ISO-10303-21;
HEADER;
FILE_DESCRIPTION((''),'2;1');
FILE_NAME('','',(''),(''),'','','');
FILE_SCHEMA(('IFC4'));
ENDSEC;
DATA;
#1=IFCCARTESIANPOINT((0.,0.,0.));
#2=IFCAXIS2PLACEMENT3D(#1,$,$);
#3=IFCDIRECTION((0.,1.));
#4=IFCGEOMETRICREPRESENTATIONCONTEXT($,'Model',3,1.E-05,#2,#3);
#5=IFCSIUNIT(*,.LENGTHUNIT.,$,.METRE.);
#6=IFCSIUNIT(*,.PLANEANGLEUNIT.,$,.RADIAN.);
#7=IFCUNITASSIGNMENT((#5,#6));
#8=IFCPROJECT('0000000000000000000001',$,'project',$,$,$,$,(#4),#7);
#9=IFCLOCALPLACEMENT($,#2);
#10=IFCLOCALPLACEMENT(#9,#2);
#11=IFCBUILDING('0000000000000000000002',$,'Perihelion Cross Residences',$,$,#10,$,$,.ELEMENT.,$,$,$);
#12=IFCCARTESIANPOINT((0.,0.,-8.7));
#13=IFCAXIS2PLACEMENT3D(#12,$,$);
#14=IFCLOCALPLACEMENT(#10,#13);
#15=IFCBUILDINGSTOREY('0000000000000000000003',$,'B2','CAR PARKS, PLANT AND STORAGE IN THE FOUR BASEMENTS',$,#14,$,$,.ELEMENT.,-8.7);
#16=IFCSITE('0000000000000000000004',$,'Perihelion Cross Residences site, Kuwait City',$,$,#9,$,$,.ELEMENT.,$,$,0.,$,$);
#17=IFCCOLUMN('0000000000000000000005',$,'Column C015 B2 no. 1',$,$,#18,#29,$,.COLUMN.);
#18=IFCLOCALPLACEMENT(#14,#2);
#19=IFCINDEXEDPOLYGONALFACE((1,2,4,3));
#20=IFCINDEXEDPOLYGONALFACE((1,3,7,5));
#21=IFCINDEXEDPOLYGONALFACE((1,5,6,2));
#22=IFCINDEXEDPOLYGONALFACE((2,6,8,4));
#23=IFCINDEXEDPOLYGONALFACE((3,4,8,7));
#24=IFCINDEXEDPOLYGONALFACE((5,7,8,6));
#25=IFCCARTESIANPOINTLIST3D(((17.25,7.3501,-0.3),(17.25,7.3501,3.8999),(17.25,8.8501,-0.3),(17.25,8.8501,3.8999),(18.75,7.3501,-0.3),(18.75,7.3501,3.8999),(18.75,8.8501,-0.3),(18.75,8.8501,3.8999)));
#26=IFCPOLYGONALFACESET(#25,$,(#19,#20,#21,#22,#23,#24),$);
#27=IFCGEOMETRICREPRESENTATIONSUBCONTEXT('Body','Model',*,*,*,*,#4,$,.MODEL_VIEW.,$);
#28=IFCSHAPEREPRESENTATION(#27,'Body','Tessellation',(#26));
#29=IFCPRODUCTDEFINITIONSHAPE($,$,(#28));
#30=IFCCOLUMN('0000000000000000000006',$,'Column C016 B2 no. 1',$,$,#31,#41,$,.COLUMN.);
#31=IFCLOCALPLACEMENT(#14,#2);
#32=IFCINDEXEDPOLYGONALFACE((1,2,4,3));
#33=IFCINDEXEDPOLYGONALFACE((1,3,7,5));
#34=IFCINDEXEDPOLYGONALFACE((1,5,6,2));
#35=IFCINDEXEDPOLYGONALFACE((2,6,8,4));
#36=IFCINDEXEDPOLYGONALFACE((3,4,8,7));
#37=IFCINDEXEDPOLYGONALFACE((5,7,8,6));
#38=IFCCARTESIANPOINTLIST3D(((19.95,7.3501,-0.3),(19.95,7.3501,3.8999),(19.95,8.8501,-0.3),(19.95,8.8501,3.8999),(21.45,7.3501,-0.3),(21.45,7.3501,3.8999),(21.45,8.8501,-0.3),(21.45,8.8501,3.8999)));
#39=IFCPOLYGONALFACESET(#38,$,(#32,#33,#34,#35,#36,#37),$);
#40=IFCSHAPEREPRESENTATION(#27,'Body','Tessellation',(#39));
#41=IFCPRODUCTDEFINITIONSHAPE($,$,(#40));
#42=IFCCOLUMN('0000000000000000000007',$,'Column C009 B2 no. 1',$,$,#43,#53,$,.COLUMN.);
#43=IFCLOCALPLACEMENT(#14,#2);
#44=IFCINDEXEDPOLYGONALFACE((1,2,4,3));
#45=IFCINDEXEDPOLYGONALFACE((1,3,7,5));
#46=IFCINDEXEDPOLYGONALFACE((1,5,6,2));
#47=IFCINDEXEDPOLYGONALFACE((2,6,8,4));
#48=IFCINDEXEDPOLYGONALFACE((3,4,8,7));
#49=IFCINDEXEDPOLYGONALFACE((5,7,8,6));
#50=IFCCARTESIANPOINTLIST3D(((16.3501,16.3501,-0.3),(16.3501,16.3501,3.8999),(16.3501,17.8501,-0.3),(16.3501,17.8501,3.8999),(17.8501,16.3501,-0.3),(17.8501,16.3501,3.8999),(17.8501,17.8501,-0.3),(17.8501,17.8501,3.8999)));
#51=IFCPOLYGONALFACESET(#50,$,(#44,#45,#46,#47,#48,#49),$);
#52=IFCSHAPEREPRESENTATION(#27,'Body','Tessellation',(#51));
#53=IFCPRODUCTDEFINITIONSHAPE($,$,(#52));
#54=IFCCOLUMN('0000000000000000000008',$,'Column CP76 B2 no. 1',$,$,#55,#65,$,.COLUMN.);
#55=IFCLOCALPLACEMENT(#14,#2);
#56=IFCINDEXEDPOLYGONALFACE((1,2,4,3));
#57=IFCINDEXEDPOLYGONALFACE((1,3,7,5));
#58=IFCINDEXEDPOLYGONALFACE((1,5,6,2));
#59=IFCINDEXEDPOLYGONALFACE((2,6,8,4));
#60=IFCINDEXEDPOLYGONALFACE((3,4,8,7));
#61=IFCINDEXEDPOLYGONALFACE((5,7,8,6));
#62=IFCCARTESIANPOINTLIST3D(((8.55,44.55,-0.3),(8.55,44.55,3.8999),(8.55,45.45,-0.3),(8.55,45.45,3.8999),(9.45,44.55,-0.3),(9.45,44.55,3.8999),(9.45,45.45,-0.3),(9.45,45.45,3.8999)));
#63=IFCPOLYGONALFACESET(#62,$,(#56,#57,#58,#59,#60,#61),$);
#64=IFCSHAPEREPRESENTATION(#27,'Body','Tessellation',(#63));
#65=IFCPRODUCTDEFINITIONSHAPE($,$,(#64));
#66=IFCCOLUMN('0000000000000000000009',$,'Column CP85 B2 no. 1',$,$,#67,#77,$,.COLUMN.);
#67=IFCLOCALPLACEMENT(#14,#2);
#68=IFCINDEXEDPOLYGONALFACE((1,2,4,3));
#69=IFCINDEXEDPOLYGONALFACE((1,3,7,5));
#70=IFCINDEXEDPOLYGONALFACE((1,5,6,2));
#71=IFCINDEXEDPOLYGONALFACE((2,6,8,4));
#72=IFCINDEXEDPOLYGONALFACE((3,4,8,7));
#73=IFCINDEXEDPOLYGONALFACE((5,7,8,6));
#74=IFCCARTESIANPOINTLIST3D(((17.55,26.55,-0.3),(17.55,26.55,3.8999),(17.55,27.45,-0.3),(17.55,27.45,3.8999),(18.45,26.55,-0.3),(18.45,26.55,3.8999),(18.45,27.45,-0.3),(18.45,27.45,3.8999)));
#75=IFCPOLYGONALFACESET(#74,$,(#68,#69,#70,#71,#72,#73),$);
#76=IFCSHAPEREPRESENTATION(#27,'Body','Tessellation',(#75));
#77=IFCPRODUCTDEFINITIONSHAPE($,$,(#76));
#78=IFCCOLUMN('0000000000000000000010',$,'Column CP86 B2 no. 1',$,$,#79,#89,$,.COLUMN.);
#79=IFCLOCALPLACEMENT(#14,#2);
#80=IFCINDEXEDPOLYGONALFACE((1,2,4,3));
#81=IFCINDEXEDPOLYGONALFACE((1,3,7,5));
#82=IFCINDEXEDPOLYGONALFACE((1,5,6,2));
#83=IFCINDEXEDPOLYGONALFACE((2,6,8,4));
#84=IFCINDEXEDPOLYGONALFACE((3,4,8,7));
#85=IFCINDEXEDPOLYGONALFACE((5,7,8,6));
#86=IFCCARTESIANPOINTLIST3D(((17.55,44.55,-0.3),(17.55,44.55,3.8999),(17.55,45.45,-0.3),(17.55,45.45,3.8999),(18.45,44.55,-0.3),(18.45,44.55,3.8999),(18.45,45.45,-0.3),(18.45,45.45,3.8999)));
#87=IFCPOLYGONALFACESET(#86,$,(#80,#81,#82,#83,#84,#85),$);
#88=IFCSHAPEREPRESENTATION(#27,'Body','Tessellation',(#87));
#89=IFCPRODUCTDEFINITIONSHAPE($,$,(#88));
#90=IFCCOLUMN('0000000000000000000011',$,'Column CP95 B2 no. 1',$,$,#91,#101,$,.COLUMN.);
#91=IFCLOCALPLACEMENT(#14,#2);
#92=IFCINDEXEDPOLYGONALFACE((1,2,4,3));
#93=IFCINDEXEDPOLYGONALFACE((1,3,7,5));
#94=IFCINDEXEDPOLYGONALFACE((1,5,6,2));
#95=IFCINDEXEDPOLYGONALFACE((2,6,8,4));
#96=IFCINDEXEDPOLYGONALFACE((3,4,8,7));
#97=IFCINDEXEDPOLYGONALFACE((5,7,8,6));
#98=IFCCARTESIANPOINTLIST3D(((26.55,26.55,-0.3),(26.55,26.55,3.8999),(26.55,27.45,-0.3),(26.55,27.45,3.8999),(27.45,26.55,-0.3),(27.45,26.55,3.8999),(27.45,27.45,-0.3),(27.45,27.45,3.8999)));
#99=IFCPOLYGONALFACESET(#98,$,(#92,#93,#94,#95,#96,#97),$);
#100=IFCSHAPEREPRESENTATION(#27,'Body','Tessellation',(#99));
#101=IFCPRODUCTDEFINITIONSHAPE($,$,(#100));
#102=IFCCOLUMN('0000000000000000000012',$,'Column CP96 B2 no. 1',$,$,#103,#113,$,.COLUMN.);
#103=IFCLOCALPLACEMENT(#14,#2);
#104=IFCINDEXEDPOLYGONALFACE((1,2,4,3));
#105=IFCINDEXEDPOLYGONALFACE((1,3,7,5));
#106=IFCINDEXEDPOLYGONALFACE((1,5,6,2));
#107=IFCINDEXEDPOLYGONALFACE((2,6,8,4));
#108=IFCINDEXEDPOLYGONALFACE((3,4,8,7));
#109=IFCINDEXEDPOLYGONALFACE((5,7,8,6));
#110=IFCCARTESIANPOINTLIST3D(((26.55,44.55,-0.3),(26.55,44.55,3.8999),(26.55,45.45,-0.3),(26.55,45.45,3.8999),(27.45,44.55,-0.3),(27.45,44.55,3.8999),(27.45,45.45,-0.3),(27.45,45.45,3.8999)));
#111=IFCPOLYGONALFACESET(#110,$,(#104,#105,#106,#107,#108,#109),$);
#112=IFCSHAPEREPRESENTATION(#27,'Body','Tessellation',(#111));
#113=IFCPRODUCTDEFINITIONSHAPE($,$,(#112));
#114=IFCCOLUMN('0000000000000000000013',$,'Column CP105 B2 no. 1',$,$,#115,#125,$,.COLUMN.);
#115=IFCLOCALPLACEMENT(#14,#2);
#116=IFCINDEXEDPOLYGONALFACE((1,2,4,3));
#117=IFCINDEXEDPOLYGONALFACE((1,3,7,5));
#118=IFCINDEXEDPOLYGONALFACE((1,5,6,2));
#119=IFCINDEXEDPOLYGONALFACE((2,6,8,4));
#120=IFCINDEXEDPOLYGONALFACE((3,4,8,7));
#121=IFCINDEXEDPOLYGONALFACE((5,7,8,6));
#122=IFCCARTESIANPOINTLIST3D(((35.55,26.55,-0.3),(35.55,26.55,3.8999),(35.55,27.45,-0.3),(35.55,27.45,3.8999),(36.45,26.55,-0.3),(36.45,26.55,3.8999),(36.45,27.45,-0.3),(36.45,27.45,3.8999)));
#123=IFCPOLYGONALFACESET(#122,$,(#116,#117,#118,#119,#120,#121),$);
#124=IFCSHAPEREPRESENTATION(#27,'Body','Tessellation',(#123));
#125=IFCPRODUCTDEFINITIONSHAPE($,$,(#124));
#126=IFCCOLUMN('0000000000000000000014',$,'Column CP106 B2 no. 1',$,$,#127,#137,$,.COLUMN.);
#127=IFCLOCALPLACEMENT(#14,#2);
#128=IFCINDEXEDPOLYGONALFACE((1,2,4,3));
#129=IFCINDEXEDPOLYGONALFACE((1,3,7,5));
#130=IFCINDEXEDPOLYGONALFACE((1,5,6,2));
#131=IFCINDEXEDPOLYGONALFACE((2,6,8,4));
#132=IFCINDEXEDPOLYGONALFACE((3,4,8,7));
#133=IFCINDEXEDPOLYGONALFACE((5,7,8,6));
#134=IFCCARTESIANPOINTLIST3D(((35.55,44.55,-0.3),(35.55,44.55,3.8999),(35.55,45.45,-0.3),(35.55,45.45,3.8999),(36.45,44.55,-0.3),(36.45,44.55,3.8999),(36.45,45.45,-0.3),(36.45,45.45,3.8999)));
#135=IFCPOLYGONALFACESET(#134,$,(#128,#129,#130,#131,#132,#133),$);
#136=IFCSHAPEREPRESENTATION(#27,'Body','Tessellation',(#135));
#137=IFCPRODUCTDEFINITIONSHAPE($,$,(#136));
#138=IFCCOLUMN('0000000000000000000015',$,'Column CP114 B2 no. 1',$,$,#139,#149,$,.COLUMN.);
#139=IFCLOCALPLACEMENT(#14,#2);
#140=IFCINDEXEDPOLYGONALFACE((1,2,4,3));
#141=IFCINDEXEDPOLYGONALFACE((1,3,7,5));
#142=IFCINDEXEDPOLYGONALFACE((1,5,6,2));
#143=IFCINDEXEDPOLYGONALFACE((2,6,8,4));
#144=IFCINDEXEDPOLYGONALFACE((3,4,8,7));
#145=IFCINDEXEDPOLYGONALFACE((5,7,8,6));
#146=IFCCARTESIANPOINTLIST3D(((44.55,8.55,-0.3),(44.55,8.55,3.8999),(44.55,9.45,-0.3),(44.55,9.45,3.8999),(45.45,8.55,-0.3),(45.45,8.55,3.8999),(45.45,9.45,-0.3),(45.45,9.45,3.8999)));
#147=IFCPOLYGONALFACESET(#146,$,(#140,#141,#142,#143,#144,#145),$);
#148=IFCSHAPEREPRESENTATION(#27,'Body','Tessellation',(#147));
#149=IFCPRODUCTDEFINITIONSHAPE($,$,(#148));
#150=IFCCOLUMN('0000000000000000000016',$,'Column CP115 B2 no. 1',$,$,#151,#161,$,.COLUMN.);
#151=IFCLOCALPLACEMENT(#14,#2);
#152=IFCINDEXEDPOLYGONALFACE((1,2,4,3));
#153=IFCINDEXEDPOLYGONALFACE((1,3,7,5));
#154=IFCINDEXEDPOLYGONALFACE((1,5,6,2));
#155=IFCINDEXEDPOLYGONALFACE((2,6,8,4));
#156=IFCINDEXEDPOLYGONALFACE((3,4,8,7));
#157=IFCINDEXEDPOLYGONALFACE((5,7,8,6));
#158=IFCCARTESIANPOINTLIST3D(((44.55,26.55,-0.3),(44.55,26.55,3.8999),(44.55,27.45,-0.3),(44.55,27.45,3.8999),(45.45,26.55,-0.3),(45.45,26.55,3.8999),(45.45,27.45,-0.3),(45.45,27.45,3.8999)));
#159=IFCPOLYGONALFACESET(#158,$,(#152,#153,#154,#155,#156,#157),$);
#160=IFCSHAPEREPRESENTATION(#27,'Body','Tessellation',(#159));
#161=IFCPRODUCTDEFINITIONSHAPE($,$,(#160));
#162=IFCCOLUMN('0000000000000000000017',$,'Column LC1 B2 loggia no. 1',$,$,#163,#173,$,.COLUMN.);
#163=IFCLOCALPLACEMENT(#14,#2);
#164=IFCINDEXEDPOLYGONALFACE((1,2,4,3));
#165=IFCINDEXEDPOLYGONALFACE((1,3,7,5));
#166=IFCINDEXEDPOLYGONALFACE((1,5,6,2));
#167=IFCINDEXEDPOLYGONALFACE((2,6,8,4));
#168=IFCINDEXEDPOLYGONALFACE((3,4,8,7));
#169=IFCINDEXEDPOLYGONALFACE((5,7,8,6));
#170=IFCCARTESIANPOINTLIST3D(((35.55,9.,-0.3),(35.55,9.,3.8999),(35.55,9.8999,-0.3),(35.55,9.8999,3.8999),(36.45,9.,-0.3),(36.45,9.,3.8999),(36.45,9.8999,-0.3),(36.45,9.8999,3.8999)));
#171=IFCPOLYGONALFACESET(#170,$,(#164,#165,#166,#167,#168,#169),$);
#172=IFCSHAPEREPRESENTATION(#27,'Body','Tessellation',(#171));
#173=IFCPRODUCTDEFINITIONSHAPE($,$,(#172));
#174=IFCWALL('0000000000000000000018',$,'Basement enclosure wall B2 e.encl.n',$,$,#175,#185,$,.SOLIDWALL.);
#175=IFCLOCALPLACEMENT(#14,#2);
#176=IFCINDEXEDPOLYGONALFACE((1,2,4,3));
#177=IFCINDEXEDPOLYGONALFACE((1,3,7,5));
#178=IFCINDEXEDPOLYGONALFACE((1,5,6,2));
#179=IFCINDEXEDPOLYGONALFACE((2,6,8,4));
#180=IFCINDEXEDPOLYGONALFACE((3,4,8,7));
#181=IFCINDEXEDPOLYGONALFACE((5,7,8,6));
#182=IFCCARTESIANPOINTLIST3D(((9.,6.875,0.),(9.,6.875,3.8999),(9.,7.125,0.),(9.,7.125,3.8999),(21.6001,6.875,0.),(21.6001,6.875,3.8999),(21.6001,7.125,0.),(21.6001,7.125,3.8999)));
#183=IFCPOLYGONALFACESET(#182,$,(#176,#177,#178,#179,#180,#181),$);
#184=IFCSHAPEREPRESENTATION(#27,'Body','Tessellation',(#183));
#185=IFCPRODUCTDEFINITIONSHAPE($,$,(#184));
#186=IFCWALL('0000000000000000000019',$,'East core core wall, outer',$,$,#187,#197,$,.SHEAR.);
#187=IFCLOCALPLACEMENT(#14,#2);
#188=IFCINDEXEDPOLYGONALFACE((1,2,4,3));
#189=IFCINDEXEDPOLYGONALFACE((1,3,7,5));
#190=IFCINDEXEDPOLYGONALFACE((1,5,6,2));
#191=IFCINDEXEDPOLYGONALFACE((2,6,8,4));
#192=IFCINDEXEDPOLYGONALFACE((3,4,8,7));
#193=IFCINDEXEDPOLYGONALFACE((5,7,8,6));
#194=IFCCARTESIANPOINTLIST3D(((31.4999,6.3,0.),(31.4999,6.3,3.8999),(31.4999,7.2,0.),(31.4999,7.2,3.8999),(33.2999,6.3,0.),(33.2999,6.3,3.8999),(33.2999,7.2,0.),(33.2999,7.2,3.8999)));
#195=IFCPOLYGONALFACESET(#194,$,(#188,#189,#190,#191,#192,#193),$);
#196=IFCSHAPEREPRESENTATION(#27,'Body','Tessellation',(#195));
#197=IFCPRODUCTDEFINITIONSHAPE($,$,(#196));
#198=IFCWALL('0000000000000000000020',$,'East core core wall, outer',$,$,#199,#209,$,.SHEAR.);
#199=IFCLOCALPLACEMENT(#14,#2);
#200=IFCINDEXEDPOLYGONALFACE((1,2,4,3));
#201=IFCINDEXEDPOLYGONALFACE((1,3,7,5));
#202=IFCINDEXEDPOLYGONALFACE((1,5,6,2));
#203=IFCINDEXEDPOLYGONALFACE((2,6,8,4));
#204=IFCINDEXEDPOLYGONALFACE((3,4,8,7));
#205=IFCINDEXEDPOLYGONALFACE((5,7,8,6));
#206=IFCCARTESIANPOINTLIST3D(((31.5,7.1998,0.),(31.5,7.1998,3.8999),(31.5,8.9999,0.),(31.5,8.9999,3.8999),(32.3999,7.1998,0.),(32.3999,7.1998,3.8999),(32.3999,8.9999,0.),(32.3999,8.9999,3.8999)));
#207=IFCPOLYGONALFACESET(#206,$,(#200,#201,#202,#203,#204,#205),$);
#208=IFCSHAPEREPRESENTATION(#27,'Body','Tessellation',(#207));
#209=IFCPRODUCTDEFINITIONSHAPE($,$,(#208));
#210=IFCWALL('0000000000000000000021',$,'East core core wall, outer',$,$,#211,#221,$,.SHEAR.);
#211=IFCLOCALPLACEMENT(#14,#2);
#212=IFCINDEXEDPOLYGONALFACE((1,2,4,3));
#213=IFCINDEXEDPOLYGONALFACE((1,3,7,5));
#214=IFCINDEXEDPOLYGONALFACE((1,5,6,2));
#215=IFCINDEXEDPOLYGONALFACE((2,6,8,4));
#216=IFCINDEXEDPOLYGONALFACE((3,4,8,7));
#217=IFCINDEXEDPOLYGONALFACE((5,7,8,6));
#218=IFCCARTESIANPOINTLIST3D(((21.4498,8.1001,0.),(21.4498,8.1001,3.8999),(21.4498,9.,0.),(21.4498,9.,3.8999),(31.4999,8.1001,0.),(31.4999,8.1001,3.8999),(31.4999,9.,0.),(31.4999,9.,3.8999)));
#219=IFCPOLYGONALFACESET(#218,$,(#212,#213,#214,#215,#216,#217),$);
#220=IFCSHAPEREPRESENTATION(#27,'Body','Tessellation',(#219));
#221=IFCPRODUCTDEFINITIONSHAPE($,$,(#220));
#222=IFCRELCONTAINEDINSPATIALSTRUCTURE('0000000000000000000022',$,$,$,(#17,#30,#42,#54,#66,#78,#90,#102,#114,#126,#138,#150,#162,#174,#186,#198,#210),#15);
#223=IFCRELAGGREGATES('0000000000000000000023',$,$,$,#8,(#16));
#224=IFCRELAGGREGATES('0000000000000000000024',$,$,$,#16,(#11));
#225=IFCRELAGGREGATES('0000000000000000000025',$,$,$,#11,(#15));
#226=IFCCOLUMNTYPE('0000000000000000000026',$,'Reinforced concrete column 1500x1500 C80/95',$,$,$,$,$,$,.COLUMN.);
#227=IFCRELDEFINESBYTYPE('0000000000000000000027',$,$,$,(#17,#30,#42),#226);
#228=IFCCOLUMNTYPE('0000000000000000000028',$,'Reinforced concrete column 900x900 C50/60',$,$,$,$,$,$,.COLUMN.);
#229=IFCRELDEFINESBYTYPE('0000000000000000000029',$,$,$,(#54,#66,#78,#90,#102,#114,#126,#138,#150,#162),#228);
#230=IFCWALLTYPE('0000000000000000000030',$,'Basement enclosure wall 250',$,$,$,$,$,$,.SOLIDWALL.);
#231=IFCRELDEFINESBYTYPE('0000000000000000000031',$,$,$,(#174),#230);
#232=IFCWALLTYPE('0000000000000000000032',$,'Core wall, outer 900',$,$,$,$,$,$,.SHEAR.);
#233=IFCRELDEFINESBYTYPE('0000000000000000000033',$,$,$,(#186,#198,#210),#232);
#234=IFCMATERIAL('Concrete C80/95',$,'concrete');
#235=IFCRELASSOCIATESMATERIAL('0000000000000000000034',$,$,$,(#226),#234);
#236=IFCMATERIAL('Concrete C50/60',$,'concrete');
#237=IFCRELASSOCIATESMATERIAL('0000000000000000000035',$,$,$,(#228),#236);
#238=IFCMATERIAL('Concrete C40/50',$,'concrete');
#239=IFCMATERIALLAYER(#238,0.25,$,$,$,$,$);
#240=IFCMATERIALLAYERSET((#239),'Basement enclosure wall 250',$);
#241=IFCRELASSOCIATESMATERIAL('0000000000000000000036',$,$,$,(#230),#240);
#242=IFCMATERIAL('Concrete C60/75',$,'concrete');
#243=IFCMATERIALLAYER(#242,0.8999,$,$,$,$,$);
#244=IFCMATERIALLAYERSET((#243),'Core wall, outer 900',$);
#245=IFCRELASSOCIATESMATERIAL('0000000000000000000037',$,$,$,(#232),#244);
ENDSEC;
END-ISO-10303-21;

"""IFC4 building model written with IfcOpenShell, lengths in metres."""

from ifc_helpers import new_model, si_unit, direction, frame, frame_2d, origin, origin_2d, place, context, subcontext, project, spatial, rectangle, extrude, material, layer, layer_set, material_profile, profile_set, type_object, element, save


model = new_model("IFC4")

# Units and contexts
model_context = context("Model", 3, precision=1e-05, world=origin(), true_north=direction((0.0, 1.0)))
body_context = subcontext(model_context, "Body", "Model", "MODEL_VIEW")
ifc_project = project(units=[si_unit("LENGTHUNIT", "METRE"), si_unit("PLANEANGLEUNIT", "RADIAN")], contexts=[model_context])

# Site, building, storey
site_placement = place(None, origin())
site = spatial("IfcSite", under=ifc_project, at=site_placement, Name="Perihelion Cross Residences site, Kuwait City", CompositionType="ELEMENT", RefElevation=0.0)
building_placement = place(site_placement, origin())
building = spatial("IfcBuilding", under=site, at=building_placement, Name="Perihelion Cross Residences", CompositionType="ELEMENT")
storey_placement = place(building_placement, frame((0.0, 0.0, -8.7)))
storey = spatial("IfcBuildingStorey", under=building, at=storey_placement, Name="B2", Description="CAR PARKS, PLANT AND STORAGE IN THE FOUR BASEMENTS", CompositionType="ELEMENT", Elevation=-8.7)

# Columns
ifc_material_1 = material(Name="Concrete C80/95", Category="concrete")
ifc_material_profile_1 = material_profile(ifc_material_1, rectangle(XDim=1.5, YDim=1.5, at=origin_2d()), Name="RC 1500x1500")
ifc_profile_set_1 = profile_set([ifc_material_profile_1], Name="Concrete C80/95")
column_type_1 = type_object("IfcColumnType", Name="Reinforced concrete column 1500x1500 C80/95", PredefinedType="COLUMN", material=ifc_profile_set_1)
for number, where, z_axis, x_axis, name in (
    (1, (18.0, 8.1001, -0.3), (0.0, 0.0, 1.0), (1.0, 0.0, 0.0), "Column C015 B2 no. 1"),
    (2, (20.7, 8.1001, -0.3), (0.0, 0.0, 1.0), (1.0, 0.0, 0.0), "Column C016 B2 no. 1"),
    (3, (17.1001, 17.1001, -0.3), (0.0, 0.0, 1.0), (1.0, 0.0, 0.0), "Column C009 B2 no. 1"),
):
    element("IfcColumn", number, at=place(storey_placement, frame(where, z_axis=z_axis, x_axis=x_axis)), inside=storey, type_object=column_type_1, Name=name, PredefinedType="COLUMN", context=body_context, shape_type="SweptSolid", body=[
        extrude(rectangle(XDim=1.5, YDim=1.5, at=origin_2d()), origin(), (0.0, 0.0, 1.0), 4.2),
    ])
ifc_material_2 = material(Name="Concrete C50/60", Category="concrete")
ifc_material_profile_2 = material_profile(ifc_material_2, rectangle(XDim=0.8999, YDim=0.8999, at=origin_2d()), Name="RC 900x900")
ifc_profile_set_2 = profile_set([ifc_material_profile_2], Name="Concrete C50/60")
column_type_2 = type_object("IfcColumnType", Name="Reinforced concrete column 900x900 C50/60", PredefinedType="COLUMN", material=ifc_profile_set_2)
for number, where, z_axis, x_axis, name in (
    (4, (9.0, 45.0, -0.3), (0.0, 0.0, 1.0), (1.0, 0.0, 0.0), "Column CP76 B2 no. 1"),
    (5, (18.0, 27.0, -0.3), (0.0, 0.0, 1.0), (1.0, 0.0, 0.0), "Column CP85 B2 no. 1"),
    (6, (18.0, 45.0, -0.3), (0.0, 0.0, 1.0), (1.0, 0.0, 0.0), "Column CP86 B2 no. 1"),
    (7, (27.0, 27.0, -0.3), (0.0, 0.0, 1.0), (1.0, 0.0, 0.0), "Column CP95 B2 no. 1"),
    (8, (27.0, 45.0, -0.3), (0.0, 0.0, 1.0), (1.0, 0.0, 0.0), "Column CP96 B2 no. 1"),
    (9, (36.0, 27.0, -0.3), (0.0, 0.0, 1.0), (1.0, 0.0, 0.0), "Column CP105 B2 no. 1"),
    (10, (36.0, 45.0, -0.3), (0.0, 0.0, 1.0), (1.0, 0.0, 0.0), "Column CP106 B2 no. 1"),
    (11, (45.0, 9.0, -0.3), (0.0, 0.0, 1.0), (1.0, 0.0, 0.0), "Column CP114 B2 no. 1"),
    (12, (45.0, 27.0, -0.3), (0.0, 0.0, 1.0), (1.0, 0.0, 0.0), "Column CP115 B2 no. 1"),
    (13, (36.0, 9.45, -0.3), (0.0, 0.0, 1.0), (1.0, 0.0, 0.0), "Column LC1 B2 loggia no. 1"),
):
    element("IfcColumn", number, at=place(storey_placement, frame(where, z_axis=z_axis, x_axis=x_axis)), inside=storey, type_object=column_type_2, Name=name, PredefinedType="COLUMN", context=body_context, shape_type="SweptSolid", body=[
        extrude(rectangle(XDim=0.8999, YDim=0.8999, at=origin_2d()), origin(), (0.0, 0.0, 1.0), 4.2),
    ])

# Walls
ifc_material_3 = material(Name="Concrete C40/50", Category="concrete")
ifc_layer_1 = layer(ifc_material_3, 0.25)
ifc_layer_set_1 = layer_set([ifc_layer_1], Name="Basement enclosure wall 250")
wall_type_1 = type_object("IfcWallType", Name="Basement enclosure wall 250", PredefinedType="SOLIDWALL", material=ifc_layer_set_1)
wall_1_placement = place(storey_placement, frame((9.0, 7.0, 0.0), z_axis=(0.0, 0.0, 1.0), x_axis=(1.0, 0.0, 0.0)))
element("IfcWall", 14, at=wall_1_placement, inside=storey, type_object=wall_type_1, Name="Basement enclosure wall B2 e.encl.n", PredefinedType="SOLIDWALL", context=body_context, shape_type="SweptSolid", body=[
    extrude(rectangle(XDim=12.6001, YDim=0.25, at=frame_2d((6.3, 0.0))), origin(), (0.0, 0.0, 1.0), 3.8999),
])
ifc_material_4 = material(Name="Concrete C60/75", Category="concrete")
ifc_layer_2 = layer(ifc_material_4, 0.8999)
ifc_layer_set_2 = layer_set([ifc_layer_2], Name="Core wall, outer 900")
wall_type_2 = type_object("IfcWallType", Name="Core wall, outer 900", PredefinedType="SHEAR", material=ifc_layer_set_2)
for number, where, z_axis, x_axis, name in (
    (15, (31.5, 6.75, 0.0), (0.0, 0.0, 1.0), (1.0, 0.0, 0.0), "East core core wall, outer"),
    (16, (31.95, 7.2, 0.0), (0.0, 0.0, 1.0), (0.0, 1.0, 0.0), "East core core wall, outer"),
):
    element("IfcWall", number, at=place(storey_placement, frame(where, z_axis=z_axis, x_axis=x_axis)), inside=storey, type_object=wall_type_2, Name=name, PredefinedType="SHEAR", context=body_context, shape_type="SweptSolid", body=[
        extrude(rectangle(XDim=1.8, YDim=0.8999, at=frame_2d((0.8999, 0.0))), origin(), (0.0, 0.0, 1.0), 3.8999),
    ])
wall_2_placement = place(storey_placement, frame((21.45, 8.55, 0.0), z_axis=(0.0, 0.0, 1.0), x_axis=(1.0, 0.0, 0.0)))
element("IfcWall", 17, at=wall_2_placement, inside=storey, type_object=wall_type_2, Name="East core core wall, outer", PredefinedType="SHEAR", context=body_context, shape_type="SweptSolid", body=[
    extrude(rectangle(XDim=10.05, YDim=0.8999, at=frame_2d((5.0249, 0.0))), origin(), (0.0, 0.0, 1.0), 3.8999),
])

save(model, "model.ifc")
